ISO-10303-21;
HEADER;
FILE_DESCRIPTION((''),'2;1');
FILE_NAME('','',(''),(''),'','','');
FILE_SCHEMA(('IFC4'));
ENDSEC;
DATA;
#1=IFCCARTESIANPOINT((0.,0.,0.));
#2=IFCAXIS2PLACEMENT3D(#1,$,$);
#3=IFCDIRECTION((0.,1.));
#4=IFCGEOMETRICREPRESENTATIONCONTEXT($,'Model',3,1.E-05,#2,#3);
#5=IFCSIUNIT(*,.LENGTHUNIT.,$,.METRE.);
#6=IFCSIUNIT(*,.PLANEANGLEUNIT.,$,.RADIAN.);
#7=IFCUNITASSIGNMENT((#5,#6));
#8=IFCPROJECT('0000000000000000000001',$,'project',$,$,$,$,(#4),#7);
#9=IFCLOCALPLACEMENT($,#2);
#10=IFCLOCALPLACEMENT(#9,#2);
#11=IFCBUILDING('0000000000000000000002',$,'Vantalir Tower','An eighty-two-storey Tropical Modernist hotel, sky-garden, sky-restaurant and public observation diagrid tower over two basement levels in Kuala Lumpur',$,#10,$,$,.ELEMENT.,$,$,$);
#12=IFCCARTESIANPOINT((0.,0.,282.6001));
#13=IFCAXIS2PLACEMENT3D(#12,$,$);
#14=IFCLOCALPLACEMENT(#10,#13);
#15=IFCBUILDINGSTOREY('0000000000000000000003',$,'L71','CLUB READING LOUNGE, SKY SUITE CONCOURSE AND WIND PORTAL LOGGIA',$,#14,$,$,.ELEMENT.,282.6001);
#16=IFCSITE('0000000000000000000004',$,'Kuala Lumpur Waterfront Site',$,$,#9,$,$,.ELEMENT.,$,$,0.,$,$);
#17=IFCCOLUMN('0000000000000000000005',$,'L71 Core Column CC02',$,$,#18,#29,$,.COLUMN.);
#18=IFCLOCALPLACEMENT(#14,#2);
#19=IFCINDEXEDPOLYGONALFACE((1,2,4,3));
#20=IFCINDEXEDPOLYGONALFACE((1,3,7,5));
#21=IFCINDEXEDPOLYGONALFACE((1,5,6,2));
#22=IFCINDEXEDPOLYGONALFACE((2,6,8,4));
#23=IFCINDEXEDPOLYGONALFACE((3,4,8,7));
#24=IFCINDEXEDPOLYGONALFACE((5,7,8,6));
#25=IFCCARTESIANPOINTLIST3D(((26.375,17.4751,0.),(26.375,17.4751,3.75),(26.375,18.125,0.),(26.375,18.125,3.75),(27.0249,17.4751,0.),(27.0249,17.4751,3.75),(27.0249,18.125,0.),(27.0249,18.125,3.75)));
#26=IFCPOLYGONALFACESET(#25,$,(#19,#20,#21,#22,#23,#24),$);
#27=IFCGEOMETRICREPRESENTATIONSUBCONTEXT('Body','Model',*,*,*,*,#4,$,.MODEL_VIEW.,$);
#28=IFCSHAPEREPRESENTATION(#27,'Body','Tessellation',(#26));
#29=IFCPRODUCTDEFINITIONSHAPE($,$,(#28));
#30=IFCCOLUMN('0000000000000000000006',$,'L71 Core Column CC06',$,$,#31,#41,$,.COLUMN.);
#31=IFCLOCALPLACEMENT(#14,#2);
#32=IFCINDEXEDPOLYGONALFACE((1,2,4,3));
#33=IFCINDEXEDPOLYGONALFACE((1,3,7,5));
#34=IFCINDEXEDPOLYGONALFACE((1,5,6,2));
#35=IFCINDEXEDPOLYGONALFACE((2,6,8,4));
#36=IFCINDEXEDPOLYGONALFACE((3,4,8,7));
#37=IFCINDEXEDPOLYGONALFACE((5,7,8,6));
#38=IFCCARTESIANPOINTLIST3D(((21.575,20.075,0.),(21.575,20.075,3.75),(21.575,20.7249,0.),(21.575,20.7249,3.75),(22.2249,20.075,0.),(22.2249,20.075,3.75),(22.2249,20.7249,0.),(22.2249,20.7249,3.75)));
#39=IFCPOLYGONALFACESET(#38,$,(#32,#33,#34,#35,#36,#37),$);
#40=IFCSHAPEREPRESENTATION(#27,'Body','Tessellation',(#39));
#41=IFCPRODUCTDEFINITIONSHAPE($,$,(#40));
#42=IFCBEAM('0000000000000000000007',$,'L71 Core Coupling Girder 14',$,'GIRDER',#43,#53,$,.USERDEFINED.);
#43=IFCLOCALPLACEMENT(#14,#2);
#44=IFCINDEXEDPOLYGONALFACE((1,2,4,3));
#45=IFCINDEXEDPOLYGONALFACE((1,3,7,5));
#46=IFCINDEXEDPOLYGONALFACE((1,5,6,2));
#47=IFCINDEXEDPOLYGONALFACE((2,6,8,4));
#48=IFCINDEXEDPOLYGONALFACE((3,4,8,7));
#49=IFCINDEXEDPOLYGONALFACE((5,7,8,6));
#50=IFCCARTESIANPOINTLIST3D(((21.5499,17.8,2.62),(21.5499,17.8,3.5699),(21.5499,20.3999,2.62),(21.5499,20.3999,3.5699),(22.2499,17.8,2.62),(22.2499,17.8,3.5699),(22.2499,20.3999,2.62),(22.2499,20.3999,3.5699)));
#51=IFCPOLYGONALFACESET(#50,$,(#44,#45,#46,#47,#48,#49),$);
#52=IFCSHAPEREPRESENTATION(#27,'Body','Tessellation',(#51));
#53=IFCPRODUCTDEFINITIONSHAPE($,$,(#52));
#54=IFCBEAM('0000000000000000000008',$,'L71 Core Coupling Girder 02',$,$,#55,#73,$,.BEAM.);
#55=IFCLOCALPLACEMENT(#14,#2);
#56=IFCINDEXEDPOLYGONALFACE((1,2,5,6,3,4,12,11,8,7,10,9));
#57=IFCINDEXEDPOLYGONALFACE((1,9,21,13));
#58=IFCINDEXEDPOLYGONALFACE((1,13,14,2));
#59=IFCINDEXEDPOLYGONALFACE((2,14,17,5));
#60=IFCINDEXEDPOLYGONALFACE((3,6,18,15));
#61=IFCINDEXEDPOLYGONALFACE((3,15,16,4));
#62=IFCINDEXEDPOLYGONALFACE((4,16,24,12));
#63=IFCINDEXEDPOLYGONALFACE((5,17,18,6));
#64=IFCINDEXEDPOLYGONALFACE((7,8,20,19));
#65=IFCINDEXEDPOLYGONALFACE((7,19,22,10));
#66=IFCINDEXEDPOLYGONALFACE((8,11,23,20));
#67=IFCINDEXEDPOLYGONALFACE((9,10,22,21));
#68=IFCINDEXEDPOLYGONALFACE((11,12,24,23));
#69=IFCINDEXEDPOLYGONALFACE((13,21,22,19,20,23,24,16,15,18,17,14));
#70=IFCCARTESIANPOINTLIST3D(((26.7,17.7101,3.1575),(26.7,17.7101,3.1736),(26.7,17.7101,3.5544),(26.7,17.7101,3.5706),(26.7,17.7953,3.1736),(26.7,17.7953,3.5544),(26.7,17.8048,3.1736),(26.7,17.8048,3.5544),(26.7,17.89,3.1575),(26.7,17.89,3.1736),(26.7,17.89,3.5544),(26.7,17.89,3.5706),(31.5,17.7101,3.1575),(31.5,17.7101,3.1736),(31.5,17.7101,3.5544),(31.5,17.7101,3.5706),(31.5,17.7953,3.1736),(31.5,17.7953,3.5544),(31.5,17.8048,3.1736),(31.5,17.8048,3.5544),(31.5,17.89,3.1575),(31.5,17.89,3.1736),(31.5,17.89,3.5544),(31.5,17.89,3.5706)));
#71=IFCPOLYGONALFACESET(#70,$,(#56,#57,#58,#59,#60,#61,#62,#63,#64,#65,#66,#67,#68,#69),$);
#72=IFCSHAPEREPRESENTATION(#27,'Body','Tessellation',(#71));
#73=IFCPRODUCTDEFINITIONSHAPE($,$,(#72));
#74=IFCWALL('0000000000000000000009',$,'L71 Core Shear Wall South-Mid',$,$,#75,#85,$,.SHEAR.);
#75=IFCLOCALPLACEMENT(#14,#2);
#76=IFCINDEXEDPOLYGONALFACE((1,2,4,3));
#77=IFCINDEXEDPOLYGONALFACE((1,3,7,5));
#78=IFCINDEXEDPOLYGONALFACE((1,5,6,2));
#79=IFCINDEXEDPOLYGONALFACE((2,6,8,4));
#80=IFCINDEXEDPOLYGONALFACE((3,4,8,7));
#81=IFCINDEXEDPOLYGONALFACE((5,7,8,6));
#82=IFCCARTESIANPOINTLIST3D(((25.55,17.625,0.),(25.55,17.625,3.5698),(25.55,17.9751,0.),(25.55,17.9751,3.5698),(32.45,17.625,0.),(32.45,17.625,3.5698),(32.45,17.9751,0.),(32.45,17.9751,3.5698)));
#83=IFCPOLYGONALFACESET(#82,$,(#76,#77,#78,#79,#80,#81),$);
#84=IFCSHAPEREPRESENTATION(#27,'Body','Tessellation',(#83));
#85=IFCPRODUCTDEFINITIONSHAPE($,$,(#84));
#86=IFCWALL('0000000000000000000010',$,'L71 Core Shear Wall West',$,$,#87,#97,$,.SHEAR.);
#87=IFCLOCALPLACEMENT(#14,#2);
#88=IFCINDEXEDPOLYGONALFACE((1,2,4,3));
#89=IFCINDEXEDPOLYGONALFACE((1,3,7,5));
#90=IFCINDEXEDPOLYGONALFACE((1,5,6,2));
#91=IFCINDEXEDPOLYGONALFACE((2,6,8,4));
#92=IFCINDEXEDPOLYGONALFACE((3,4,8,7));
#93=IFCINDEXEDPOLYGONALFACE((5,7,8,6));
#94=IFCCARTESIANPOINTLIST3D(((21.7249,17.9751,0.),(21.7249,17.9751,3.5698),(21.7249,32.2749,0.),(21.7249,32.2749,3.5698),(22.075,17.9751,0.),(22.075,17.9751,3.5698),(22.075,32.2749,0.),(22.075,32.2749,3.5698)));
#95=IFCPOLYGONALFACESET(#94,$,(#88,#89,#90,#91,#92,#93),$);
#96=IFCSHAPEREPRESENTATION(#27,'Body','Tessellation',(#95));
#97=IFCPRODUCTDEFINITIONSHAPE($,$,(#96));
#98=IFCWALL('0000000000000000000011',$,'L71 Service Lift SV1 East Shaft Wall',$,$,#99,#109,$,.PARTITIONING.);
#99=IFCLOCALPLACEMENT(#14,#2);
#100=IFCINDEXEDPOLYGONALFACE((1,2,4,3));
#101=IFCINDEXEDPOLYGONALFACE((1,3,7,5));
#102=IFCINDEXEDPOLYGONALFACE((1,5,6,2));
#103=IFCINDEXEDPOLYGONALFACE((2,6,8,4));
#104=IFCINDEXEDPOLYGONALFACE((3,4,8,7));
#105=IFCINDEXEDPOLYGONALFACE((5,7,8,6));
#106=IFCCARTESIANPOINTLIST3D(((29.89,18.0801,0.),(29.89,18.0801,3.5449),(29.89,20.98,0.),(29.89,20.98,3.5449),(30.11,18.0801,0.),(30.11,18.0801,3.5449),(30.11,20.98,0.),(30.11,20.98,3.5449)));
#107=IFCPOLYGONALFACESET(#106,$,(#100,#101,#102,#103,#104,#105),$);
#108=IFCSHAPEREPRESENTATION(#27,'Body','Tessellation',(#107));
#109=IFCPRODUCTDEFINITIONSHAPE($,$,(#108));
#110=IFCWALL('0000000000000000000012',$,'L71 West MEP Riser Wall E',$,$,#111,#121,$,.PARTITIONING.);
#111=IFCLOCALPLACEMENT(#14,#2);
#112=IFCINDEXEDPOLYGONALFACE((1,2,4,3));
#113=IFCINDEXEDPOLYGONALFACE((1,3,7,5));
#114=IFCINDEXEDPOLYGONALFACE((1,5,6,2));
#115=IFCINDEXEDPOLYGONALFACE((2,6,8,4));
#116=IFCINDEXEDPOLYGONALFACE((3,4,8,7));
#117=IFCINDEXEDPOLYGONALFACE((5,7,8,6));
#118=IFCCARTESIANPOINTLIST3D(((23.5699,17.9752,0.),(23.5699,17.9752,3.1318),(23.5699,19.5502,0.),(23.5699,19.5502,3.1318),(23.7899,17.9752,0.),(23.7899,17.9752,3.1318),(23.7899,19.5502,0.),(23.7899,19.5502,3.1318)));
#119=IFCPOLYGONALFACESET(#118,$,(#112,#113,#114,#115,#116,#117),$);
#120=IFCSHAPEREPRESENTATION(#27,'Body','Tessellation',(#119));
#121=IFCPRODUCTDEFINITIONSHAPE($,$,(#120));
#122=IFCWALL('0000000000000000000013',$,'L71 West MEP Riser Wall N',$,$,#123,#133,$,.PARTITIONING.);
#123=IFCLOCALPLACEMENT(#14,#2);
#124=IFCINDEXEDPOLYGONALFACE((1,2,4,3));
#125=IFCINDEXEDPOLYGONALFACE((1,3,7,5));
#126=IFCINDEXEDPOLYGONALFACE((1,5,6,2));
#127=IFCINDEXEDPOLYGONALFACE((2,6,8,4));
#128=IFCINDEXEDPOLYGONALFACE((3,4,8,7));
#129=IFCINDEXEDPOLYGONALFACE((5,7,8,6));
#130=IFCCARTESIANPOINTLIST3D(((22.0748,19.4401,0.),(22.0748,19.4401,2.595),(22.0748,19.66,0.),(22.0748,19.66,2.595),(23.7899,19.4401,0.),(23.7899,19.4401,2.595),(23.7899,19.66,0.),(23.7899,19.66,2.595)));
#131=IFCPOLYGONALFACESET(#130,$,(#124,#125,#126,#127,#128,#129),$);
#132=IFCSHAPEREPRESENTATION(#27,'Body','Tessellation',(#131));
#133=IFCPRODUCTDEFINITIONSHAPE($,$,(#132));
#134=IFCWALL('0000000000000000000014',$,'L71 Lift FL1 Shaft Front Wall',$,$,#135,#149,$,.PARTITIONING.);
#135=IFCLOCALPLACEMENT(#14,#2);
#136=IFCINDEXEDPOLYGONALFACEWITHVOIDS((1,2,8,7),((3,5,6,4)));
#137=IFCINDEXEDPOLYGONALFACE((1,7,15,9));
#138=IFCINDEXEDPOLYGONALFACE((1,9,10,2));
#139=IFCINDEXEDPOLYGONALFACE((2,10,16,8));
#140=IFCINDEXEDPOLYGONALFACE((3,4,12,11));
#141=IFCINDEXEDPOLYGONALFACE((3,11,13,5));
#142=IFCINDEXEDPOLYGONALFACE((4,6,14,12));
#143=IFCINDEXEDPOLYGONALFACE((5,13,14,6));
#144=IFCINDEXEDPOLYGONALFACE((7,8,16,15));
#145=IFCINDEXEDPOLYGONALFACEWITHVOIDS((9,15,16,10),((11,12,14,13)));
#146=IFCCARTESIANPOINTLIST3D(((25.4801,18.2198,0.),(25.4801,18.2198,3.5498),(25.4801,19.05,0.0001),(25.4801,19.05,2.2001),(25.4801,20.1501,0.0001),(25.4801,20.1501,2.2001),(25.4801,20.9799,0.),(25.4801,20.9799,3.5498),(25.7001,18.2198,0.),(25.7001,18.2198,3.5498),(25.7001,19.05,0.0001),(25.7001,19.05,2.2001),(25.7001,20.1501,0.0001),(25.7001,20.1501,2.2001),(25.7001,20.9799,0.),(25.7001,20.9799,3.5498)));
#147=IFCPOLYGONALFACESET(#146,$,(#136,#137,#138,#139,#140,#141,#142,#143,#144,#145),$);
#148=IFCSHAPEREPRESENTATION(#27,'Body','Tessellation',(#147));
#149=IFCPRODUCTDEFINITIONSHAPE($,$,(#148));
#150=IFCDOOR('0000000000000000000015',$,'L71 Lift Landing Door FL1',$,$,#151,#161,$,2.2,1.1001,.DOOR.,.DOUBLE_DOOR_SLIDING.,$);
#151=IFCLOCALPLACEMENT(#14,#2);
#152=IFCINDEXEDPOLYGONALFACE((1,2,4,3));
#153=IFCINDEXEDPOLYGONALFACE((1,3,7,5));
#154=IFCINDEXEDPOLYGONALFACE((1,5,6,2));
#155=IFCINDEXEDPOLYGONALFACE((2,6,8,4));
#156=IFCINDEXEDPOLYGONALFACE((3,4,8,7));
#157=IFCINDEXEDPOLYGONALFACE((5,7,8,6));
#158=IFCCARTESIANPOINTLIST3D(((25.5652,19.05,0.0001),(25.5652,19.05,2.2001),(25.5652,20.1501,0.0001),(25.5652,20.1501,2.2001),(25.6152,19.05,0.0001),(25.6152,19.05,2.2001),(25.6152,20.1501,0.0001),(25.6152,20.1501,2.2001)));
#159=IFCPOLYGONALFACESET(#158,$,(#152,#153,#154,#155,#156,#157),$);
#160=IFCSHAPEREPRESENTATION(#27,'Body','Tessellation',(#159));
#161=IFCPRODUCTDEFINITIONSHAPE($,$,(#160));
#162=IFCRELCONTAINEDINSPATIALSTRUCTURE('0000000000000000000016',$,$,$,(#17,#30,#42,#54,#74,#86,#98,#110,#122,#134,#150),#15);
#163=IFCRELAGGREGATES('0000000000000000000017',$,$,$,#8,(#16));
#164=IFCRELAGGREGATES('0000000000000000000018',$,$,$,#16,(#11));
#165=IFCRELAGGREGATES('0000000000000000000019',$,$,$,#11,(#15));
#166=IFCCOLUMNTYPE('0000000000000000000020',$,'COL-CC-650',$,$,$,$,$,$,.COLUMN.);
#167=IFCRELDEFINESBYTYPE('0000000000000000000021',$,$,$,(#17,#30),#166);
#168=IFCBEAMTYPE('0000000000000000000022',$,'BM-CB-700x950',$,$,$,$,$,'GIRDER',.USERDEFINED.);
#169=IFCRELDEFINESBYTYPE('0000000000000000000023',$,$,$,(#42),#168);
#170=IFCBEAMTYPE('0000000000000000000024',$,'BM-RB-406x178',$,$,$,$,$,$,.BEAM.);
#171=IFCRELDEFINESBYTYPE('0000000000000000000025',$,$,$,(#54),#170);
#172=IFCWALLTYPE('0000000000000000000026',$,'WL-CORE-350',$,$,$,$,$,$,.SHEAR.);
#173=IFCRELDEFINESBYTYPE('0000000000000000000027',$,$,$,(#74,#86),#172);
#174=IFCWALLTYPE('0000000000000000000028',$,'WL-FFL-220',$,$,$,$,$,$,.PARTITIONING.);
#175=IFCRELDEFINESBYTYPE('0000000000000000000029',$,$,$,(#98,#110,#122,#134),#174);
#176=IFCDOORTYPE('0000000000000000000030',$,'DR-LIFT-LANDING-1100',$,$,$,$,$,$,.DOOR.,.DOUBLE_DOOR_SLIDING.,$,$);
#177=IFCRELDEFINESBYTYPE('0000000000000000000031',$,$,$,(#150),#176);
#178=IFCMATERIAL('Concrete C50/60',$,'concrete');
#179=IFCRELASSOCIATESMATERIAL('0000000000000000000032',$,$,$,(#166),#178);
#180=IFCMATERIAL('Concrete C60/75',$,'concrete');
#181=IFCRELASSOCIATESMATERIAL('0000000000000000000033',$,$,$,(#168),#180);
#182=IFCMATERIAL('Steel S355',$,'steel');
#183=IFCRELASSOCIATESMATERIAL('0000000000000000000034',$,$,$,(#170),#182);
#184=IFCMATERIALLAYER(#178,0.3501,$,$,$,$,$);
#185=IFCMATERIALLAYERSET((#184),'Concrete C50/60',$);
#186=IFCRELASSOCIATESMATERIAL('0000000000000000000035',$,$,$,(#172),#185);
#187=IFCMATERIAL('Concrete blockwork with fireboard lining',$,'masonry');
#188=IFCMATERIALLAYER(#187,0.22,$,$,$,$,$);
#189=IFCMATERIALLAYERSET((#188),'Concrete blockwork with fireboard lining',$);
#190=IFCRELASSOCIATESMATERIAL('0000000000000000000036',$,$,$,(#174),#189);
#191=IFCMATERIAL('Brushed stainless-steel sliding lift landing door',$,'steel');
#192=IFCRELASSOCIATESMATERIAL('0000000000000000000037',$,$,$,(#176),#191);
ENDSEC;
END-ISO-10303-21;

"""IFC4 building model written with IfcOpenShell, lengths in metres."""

from ifc_helpers import new_model, si_unit, direction, frame, frame_2d, origin, origin_2d, place, context, subcontext, project, spatial, rectangle, i_section, extrude, material, layer, layer_set, material_profile, profile_set, type_object, element, fill, save


model = new_model("IFC4")

# Units and contexts
model_context = context("Model", 3, precision=1e-05, world=origin(), true_north=direction((0.0, 1.0)))
body_context = subcontext(model_context, "Body", "Model", "MODEL_VIEW")
ifc_project = project(units=[si_unit("LENGTHUNIT", "METRE"), si_unit("PLANEANGLEUNIT", "RADIAN")], contexts=[model_context])

# Site, building, storey
site_placement = place(None, origin())
site = spatial("IfcSite", under=ifc_project, at=site_placement, Name="Kuala Lumpur Waterfront Site", CompositionType="ELEMENT", RefElevation=0.0)
building_placement = place(site_placement, origin())
building = spatial("IfcBuilding", under=site, at=building_placement, Name="Vantalir Tower", Description="An eighty-two-storey Tropical Modernist hotel, sky-garden, sky-restaurant and public observation diagrid tower over two basement levels in Kuala Lumpur", CompositionType="ELEMENT")
storey_placement = place(building_placement, frame((0.0, 0.0, 282.6001)))
storey = spatial("IfcBuildingStorey", under=building, at=storey_placement, Name="L71", Description="CLUB READING LOUNGE, SKY SUITE CONCOURSE AND WIND PORTAL LOGGIA", CompositionType="ELEMENT", Elevation=282.6001)

# Columns
ifc_material_1 = material(Name="Concrete C50/60", Category="concrete")
ifc_material_profile_1 = material_profile(ifc_material_1, rectangle(XDim=0.6499, YDim=0.6499, at=origin_2d()), Name="Concrete C50/60")
ifc_profile_set_1 = profile_set([ifc_material_profile_1], Name="Concrete C50/60")
column_type = type_object("IfcColumnType", Name="COL-CC-650", PredefinedType="COLUMN", material=ifc_profile_set_1)
for number, where, z_axis, x_axis, name in (
    (1, (26.7, 17.8, 0.0), (0.0, 0.0, 1.0), (1.0, 0.0, 0.0), "L71 Core Column CC02"),
    (2, (21.8999, 20.3999, 0.0), (0.0, 0.0, 1.0), (1.0, 0.0, 0.0), "L71 Core Column CC06"),
):
    element("IfcColumn", number, at=place(storey_placement, frame(where, z_axis=z_axis, x_axis=x_axis)), inside=storey, type_object=column_type, Name=name, PredefinedType="COLUMN", context=body_context, shape_type="SweptSolid", body=[
        extrude(rectangle(XDim=0.6499, YDim=0.6499, at=origin_2d()), origin(), (0.0, 0.0, 1.0), 3.75),
    ])

# Beams
ifc_material_2 = material(Name="Concrete C60/75", Category="concrete")
ifc_material_profile_2 = material_profile(ifc_material_2, rectangle(XDim=0.7, YDim=0.95, at=origin_2d()), Name="Concrete C60/75")
ifc_profile_set_2 = profile_set([ifc_material_profile_2], Name="Concrete C60/75")
beam_type_1 = type_object("IfcBeamType", Name="BM-CB-700x950", ElementType="GIRDER", PredefinedType="USERDEFINED", material=ifc_profile_set_2)
beam_1_placement = place(storey_placement, frame((21.8999, 20.3999, 3.095), z_axis=(0.0, -1.0, 0.0), x_axis=(1.0, 0.0, 0.0)))
element("IfcBeam", 3, at=beam_1_placement, inside=storey, type_object=beam_type_1, Name="L71 Core Coupling Girder 14", ObjectType="GIRDER", PredefinedType="USERDEFINED", context=body_context, shape_type="SweptSolid", body=[
    extrude(rectangle(XDim=0.7, YDim=0.95, at=origin_2d()), origin(), (0.0, 0.0, 1.0), 2.5999),
])
ifc_material_3 = material(Name="Steel S355", Category="steel")
ifc_material_profile_3 = material_profile(ifc_material_3, i_section(OverallWidth=0.1799, OverallDepth=0.4131, WebThickness=0.0095, FlangeThickness=0.0161, at=origin_2d()), Name="Steel S355")
ifc_profile_set_3 = profile_set([ifc_material_profile_3], Name="Steel S355")
beam_type_2 = type_object("IfcBeamType", Name="BM-RB-406x178", PredefinedType="BEAM", material=ifc_profile_set_3)
beam_2_placement = place(storey_placement, frame((26.7, 17.8, 3.364), z_axis=(1.0, 0.0, 0.0), x_axis=(0.0, 1.0, 0.0)))
element("IfcBeam", 4, at=beam_2_placement, inside=storey, type_object=beam_type_2, Name="L71 Core Coupling Girder 02", PredefinedType="BEAM", context=body_context, shape_type="SweptSolid", body=[
    extrude(i_section(OverallWidth=0.1799, OverallDepth=0.4131, WebThickness=0.0095, FlangeThickness=0.0161, at=origin_2d()), origin(), (0.0, 0.0, 1.0), 4.8),
])

# Walls
ifc_layer_1 = layer(ifc_material_1, 0.3501)
ifc_layer_set_1 = layer_set([ifc_layer_1], Name="Concrete C50/60")
wall_type_1 = type_object("IfcWallType", Name="WL-CORE-350", PredefinedType="SHEAR", material=ifc_layer_set_1)
wall_1_placement = place(storey_placement, frame((25.55, 17.8, 0.0), z_axis=(0.0, 0.0, 1.0), x_axis=(1.0, 0.0, 0.0)))
element("IfcWall", 5, at=wall_1_placement, inside=storey, type_object=wall_type_1, Name="L71 Core Shear Wall South-Mid", PredefinedType="SHEAR", context=body_context, shape_type="SweptSolid", body=[
    extrude(rectangle(XDim=6.8999, YDim=0.3501, at=frame_2d((3.45, 0.0))), origin(), (0.0, 0.0, 1.0), 3.5698),
])
wall_2_placement = place(storey_placement, frame((21.8999, 17.9751, 0.0), z_axis=(0.0, 0.0, 1.0), x_axis=(0.0, 1.0, 0.0)))
element("IfcWall", 6, at=wall_2_placement, inside=storey, type_object=wall_type_1, Name="L71 Core Shear Wall West", PredefinedType="SHEAR", context=body_context, shape_type="SweptSolid", body=[
    extrude(rectangle(XDim=14.2998, YDim=0.3501, at=frame_2d((7.1499, 0.0))), origin(), (0.0, 0.0, 1.0), 3.5698),
])
ifc_material_4 = material(Name="Concrete blockwork with fireboard lining", Category="masonry")
ifc_layer_2 = layer(ifc_material_4, 0.22)
ifc_layer_set_2 = layer_set([ifc_layer_2], Name="Concrete blockwork with fireboard lining")
wall_type_2 = type_object("IfcWallType", Name="WL-FFL-220", PredefinedType="PARTITIONING", material=ifc_layer_set_2)
wall_3_placement = place(storey_placement, frame((30.0, 18.0801, 0.0), z_axis=(0.0, 0.0, 1.0), x_axis=(0.0, 1.0, 0.0)))
element("IfcWall", 7, at=wall_3_placement, inside=storey, type_object=wall_type_2, Name="L71 Service Lift SV1 East Shaft Wall", PredefinedType="PARTITIONING", context=body_context, shape_type="SweptSolid", body=[
    extrude(rectangle(XDim=2.8999, YDim=0.22, at=frame_2d((1.45, 0.0))), origin(), (0.0, 0.0, 1.0), 3.5449),
])
wall_4_placement = place(storey_placement, frame((23.6799, 17.9751, 0.0), z_axis=(0.0, 0.0, 1.0), x_axis=(0.0, 1.0, 0.0)))
element("IfcWall", 8, at=wall_4_placement, inside=storey, type_object=wall_type_2, Name="L71 West MEP Riser Wall E", PredefinedType="PARTITIONING", context=body_context, shape_type="SweptSolid", body=[
    extrude(rectangle(XDim=1.575, YDim=0.22, at=frame_2d((0.7876, 0.0))), origin(), (0.0, 0.0, 1.0), 3.1318),
])
wall_5_placement = place(storey_placement, frame((22.075, 19.55, 0.0), z_axis=(0.0, 0.0, 1.0), x_axis=(1.0, 0.0, 0.0)))
element("IfcWall", 9, at=wall_5_placement, inside=storey, type_object=wall_type_2, Name="L71 West MEP Riser Wall N", PredefinedType="PARTITIONING", context=body_context, shape_type="SweptSolid", body=[
    extrude(rectangle(XDim=1.7151, YDim=0.22, at=frame_2d((0.8574, 0.0))), origin(), (0.0, 0.0, 1.0), 2.595),
])

# Wall, opening, door
wall_6_placement = place(storey_placement, frame((25.5901, 18.22, 0.0), z_axis=(0.0, 0.0, 1.0), x_axis=(0.0, 1.0, 0.0)))
wall_6 = element("IfcWall", 10, at=wall_6_placement, inside=storey, type_object=wall_type_2, Name="L71 Lift FL1 Shaft Front Wall", PredefinedType="PARTITIONING", context=body_context, shape_type="SweptSolid", body=[
    extrude(rectangle(XDim=2.76, YDim=0.22, at=frame_2d((1.3799, 0.0))), origin(), (0.0, 0.0, 1.0), 3.5498),
])
opening_1_placement = place(wall_6_placement, frame((0.8301, 0.0, 0.0)))
opening_1 = element("IfcOpeningElement", 11, at=opening_1_placement, cuts=wall_6, PredefinedType="OPENING", context=body_context, shape_type="SweptSolid", body=[
    extrude(rectangle(XDim=1.1001, YDim=2.2, at=frame_2d((0.55, 1.1001))), frame((0.0, 0.1199, 0.0), z_axis=(0.0, -1.0, 0.0), x_axis=(1.0, 0.0, 0.0)), (0.0, 0.0, 1.0), 0.24),
])
ifc_material_5 = material(Name="Brushed stainless-steel sliding lift landing door", Category="steel")
door_type_1 = type_object("IfcDoorType", Name="DR-LIFT-LANDING-1100", OperationType="DOUBLE_DOOR_SLIDING", PredefinedType="DOOR", material=ifc_material_5)
door_1_placement = place(opening_1_placement, origin())
door_1 = element("IfcDoor", 12, at=door_1_placement, inside=storey, type_object=door_type_1, Name="L71 Lift Landing Door FL1", OperationType="DOUBLE_DOOR_SLIDING", OverallHeight=2.2, OverallWidth=1.1001, PredefinedType="DOOR", context=body_context, shape_type="SweptSolid", body=[
    extrude(rectangle(XDim=1.1001, YDim=2.2, at=frame_2d((0.55, 1.1001))), frame((0.0, 0.0249, 0.0), z_axis=(0.0, -1.0, 0.0), x_axis=(1.0, 0.0, 0.0)), (0.0, 0.0, 1.0), 0.05),
])
fill(opening_1, door_1)

save(model, "model.ifc")
